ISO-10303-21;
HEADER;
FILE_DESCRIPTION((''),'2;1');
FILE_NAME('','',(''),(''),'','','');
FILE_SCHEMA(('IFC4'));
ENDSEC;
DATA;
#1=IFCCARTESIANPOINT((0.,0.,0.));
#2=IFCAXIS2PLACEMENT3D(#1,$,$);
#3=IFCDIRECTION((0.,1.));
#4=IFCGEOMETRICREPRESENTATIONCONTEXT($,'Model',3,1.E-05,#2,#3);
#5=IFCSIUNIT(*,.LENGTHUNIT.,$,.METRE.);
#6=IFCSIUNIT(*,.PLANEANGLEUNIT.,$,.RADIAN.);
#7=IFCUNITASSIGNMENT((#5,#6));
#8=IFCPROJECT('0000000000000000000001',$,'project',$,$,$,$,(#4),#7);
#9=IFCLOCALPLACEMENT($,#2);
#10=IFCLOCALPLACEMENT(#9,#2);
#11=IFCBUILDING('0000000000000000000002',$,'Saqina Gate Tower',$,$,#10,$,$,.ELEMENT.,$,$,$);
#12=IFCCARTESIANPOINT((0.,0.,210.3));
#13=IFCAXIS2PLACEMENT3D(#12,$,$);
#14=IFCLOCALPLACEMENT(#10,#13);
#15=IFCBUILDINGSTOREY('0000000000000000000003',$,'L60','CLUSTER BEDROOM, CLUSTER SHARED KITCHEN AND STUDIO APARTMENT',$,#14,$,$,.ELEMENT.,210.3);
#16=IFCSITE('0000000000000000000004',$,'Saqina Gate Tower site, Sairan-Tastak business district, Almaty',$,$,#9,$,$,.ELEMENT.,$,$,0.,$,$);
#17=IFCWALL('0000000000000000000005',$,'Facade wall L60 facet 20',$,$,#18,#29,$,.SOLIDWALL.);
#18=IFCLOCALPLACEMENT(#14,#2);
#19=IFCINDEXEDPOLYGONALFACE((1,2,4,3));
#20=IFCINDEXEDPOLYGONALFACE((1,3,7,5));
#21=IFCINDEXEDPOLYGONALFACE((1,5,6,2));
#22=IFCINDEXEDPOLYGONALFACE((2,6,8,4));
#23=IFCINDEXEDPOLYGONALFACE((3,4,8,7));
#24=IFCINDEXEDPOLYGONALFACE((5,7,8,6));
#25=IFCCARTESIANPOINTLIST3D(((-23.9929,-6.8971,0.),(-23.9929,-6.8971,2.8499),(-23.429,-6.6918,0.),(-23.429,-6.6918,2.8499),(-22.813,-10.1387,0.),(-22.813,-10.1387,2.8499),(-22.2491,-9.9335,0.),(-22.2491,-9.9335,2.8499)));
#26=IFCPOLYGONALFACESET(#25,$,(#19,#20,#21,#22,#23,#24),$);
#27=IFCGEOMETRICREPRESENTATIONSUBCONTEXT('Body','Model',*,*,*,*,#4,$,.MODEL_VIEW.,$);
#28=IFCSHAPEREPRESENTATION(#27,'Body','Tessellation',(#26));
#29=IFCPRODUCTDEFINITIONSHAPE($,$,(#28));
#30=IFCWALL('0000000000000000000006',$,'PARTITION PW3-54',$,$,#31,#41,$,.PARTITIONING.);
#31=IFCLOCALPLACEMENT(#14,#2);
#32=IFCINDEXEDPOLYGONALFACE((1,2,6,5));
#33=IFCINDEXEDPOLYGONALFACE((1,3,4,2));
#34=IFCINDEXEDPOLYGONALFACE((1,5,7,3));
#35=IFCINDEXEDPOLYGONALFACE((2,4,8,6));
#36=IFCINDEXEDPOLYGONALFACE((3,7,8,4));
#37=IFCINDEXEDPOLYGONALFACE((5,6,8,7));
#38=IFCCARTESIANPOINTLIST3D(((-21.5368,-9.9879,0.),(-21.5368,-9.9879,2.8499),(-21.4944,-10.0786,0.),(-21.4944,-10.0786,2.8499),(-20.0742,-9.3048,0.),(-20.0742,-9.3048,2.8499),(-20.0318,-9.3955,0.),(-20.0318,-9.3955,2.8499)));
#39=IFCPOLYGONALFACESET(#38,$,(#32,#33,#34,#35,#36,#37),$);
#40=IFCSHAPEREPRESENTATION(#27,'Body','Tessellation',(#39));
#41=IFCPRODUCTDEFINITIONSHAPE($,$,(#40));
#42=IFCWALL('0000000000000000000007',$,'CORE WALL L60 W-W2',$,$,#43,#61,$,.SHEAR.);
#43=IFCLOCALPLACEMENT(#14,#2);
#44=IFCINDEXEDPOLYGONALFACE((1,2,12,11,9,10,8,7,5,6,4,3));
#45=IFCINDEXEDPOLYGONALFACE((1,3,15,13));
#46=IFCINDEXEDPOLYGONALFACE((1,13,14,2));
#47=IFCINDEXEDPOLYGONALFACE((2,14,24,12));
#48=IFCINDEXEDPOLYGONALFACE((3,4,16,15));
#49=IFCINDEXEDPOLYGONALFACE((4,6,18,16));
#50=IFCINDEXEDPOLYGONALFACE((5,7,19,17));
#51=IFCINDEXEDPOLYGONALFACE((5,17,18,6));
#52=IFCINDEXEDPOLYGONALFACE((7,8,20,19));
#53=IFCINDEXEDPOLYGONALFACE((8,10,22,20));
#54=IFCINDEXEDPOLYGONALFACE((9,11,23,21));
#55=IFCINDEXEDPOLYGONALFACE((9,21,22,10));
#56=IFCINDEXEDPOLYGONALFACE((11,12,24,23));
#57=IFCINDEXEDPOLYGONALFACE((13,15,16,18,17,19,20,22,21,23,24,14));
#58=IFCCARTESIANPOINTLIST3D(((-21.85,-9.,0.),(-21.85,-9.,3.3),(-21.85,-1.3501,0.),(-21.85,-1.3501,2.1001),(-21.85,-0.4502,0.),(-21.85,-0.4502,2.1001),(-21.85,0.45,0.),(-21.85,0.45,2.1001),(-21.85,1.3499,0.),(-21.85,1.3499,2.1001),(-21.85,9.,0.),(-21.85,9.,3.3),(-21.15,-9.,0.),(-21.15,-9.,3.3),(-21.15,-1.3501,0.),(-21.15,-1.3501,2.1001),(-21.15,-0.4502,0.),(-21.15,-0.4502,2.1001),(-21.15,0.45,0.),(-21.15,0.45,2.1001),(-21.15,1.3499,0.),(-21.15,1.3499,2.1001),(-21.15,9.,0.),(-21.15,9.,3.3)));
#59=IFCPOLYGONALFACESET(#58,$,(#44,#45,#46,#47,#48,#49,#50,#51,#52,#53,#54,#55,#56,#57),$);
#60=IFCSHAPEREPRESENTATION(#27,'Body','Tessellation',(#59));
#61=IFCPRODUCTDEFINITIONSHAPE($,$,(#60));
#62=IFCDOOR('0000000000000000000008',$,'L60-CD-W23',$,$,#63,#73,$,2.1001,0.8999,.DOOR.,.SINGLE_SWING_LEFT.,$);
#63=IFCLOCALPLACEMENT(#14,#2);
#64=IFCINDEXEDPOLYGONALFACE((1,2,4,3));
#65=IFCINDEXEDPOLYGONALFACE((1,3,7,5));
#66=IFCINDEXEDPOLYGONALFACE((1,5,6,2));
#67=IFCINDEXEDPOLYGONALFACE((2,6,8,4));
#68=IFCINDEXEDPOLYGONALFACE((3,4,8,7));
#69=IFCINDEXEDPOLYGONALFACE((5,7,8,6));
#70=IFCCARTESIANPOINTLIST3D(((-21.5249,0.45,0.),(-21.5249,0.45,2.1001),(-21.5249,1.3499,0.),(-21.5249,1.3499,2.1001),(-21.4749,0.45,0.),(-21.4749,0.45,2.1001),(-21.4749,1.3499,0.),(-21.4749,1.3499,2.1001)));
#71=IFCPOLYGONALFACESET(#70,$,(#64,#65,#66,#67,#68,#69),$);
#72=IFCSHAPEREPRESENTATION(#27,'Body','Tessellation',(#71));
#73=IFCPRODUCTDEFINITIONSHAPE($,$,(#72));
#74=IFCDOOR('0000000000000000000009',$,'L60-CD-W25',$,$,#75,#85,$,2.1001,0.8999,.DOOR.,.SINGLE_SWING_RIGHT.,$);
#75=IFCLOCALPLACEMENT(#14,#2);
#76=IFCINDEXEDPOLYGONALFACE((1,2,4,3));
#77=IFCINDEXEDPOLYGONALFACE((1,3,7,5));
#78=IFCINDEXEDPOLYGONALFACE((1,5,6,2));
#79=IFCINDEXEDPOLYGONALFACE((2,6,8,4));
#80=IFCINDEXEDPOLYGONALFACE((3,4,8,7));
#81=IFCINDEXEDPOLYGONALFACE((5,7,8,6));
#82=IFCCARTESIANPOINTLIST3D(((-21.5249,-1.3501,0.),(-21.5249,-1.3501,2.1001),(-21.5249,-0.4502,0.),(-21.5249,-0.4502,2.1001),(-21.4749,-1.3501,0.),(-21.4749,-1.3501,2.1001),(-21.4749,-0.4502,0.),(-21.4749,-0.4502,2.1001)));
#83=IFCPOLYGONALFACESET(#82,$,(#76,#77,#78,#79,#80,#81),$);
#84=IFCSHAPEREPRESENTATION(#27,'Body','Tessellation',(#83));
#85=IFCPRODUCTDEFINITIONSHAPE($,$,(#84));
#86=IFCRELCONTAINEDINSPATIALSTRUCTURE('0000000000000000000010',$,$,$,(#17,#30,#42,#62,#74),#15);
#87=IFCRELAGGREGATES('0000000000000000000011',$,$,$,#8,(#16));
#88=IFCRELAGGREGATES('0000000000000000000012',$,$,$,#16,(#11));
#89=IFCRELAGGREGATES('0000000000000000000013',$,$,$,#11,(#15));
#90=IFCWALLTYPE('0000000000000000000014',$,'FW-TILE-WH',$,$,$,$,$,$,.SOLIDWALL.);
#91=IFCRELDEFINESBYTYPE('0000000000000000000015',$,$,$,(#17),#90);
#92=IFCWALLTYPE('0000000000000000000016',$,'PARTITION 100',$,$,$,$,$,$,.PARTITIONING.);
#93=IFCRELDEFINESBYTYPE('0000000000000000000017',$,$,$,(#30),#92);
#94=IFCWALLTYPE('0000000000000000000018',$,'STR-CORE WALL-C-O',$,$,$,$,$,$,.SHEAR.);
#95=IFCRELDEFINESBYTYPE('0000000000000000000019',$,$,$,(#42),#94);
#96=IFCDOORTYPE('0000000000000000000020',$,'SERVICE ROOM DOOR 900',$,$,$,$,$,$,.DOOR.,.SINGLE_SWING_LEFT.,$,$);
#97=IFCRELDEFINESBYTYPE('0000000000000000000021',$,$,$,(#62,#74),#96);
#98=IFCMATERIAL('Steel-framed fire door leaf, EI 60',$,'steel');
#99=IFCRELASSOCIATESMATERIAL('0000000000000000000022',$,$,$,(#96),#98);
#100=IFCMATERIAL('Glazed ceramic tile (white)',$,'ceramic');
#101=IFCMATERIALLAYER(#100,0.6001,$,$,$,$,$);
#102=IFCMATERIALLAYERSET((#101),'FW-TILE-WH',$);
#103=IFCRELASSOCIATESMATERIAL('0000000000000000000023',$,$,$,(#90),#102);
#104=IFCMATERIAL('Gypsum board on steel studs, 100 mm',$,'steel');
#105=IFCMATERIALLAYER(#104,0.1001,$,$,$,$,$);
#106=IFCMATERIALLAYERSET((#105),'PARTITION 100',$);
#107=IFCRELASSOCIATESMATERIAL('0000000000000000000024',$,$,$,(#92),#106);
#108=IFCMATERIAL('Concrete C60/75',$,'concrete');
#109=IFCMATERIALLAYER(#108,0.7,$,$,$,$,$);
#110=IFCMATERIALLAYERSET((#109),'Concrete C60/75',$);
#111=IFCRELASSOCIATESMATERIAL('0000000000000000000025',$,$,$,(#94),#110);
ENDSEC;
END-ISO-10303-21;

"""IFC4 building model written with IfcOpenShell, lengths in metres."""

from ifc_helpers import new_model, si_unit, direction, frame, frame_2d, origin, place, context, subcontext, project, spatial, rectangle, extrude, material, layer, layer_set, type_object, element, fill, save


model = new_model("IFC4")

# Units and contexts
model_context = context("Model", 3, precision=1e-05, world=origin(), true_north=direction((0.0, 1.0)))
body_context = subcontext(model_context, "Body", "Model", "MODEL_VIEW")
ifc_project = project(units=[si_unit("LENGTHUNIT", "METRE"), si_unit("PLANEANGLEUNIT", "RADIAN")], contexts=[model_context])

# Site, building, storey
site_placement = place(None, origin())
site = spatial("IfcSite", under=ifc_project, at=site_placement, Name="Saqina Gate Tower site, Sairan-Tastak business district, Almaty", CompositionType="ELEMENT", RefElevation=0.0)
building_placement = place(site_placement, origin())
building = spatial("IfcBuilding", under=site, at=building_placement, Name="Saqina Gate Tower", CompositionType="ELEMENT")
storey_placement = place(building_placement, frame((0.0, 0.0, 210.3)))
storey = spatial("IfcBuildingStorey", under=building, at=storey_placement, Name="L60", Description="CLUSTER BEDROOM, CLUSTER SHARED KITCHEN AND STUDIO APARTMENT", CompositionType="ELEMENT", Elevation=210.3)

# Shared definitions
ifc_material_1 = material(Name="Steel-framed fire door leaf, EI 60", Category="steel")
door_type_1 = type_object("IfcDoorType", Name="SERVICE ROOM DOOR 900", OperationType="SINGLE_SWING_LEFT", PredefinedType="DOOR", material=ifc_material_1)

# Walls
ifc_material_2 = material(Name="Glazed ceramic tile (white)", Category="ceramic")
ifc_layer_1 = layer(ifc_material_2, 0.6001)
ifc_layer_set_1 = layer_set([ifc_layer_1], Name="FW-TILE-WH")
wall_type_1 = type_object("IfcWallType", Name="FW-TILE-WH", PredefinedType="SOLIDWALL", material=ifc_layer_set_1)
wall_1_placement = place(storey_placement, frame((-23.7109, -6.7944, 0.0), z_axis=(0.0, 0.0, 1.0), x_axis=(0.342033, -0.939688, 0.0)))
element("IfcWall", 1, at=wall_1_placement, inside=storey, type_object=wall_type_1, Name="Facade wall L60 facet 20", PredefinedType="SOLIDWALL", context=body_context, shape_type="SweptSolid", body=[
    extrude(rectangle(XDim=3.4497, YDim=0.6001, at=frame_2d((1.7249, 0.0))), origin(), (0.0, 0.0, 1.0), 2.8499),
])
ifc_material_3 = material(Name="Gypsum board on steel studs, 100 mm", Category="steel")
ifc_layer_2 = layer(ifc_material_3, 0.1001)
ifc_layer_set_2 = layer_set([ifc_layer_2], Name="PARTITION 100")
wall_type_2 = type_object("IfcWallType", Name="PARTITION 100", PredefinedType="PARTITIONING", material=ifc_layer_set_2)
wall_2_placement = place(storey_placement, frame((-21.5156, -10.0332, 0.0), z_axis=(0.0, 0.0, 1.0), x_axis=(0.906056, 0.423159, 0.0)))
element("IfcWall", 2, at=wall_2_placement, inside=storey, type_object=wall_type_2, Name="PARTITION PW3-54", PredefinedType="PARTITIONING", context=body_context, shape_type="SweptSolid", body=[
    extrude(rectangle(XDim=1.6143, YDim=0.1001, at=frame_2d((0.8071, 0.0))), origin(), (0.0, 0.0, 1.0), 2.8499),
])

# Wall, openings, doors
ifc_material_4 = material(Name="Concrete C60/75", Category="concrete")
ifc_layer_3 = layer(ifc_material_4, 0.7)
ifc_layer_set_3 = layer_set([ifc_layer_3], Name="Concrete C60/75")
wall_type_3 = type_object("IfcWallType", Name="STR-CORE WALL-C-O", PredefinedType="SHEAR", material=ifc_layer_set_3)
wall_3_placement = place(storey_placement, frame((-21.5, -9.0, 0.0), z_axis=(0.0, 0.0, 1.0), x_axis=(0.0, 1.0, 0.0)))
wall_3 = element("IfcWall", 3, at=wall_3_placement, inside=storey, type_object=wall_type_3, Name="CORE WALL L60 W-W2", PredefinedType="SHEAR", context=body_context, shape_type="SweptSolid", body=[
    extrude(rectangle(XDim=18.0, YDim=0.7, at=frame_2d((9.0, 0.0))), origin(), (0.0, 0.0, 1.0), 3.3),
])
opening_1_placement = place(wall_3_placement, frame((9.45, 0.0, 0.0)))
opening_1 = element("IfcOpeningElement", 4, at=opening_1_placement, cuts=wall_3, PredefinedType="OPENING", context=body_context, shape_type="SweptSolid", body=[
    extrude(rectangle(XDim=0.8999, YDim=2.1001, at=frame_2d((0.45, 1.05))), frame((0.0, 0.3621, 0.0), z_axis=(0.0, -1.0, 0.0), x_axis=(1.0, 0.0, 0.0)), (0.0, 0.0, 1.0), 0.7239),
])
opening_2_placement = place(wall_3_placement, frame((7.6499, 0.0, 0.0)))
opening_2 = element("IfcOpeningElement", 5, at=opening_2_placement, cuts=wall_3, PredefinedType="OPENING", context=body_context, shape_type="SweptSolid", body=[
    extrude(rectangle(XDim=0.8999, YDim=2.1001, at=frame_2d((0.45, 1.05))), frame((0.0, 0.3621, 0.0), z_axis=(0.0, -1.0, 0.0), x_axis=(1.0, 0.0, 0.0)), (0.0, 0.0, 1.0), 0.7239),
])
door_1_placement = place(opening_1_placement, origin())
door_1 = element("IfcDoor", 6, at=door_1_placement, inside=storey, type_object=door_type_1, Name="L60-CD-W23", OperationType="SINGLE_SWING_LEFT", OverallHeight=2.1001, OverallWidth=0.8999, PredefinedType="DOOR", context=body_context, shape_type="SweptSolid", body=[
    extrude(rectangle(XDim=0.8999, YDim=2.1001, at=frame_2d((0.45, 1.05))), frame((0.0, 0.0249, 0.0), z_axis=(0.0, -1.0, 0.0), x_axis=(1.0, 0.0, 0.0)), (0.0, 0.0, 1.0), 0.05),
])
fill(opening_1, door_1)
door_2_placement = place(opening_2_placement, origin())
door_2 = element("IfcDoor", 7, at=door_2_placement, inside=storey, type_object=door_type_1, Name="L60-CD-W25", OperationType="SINGLE_SWING_RIGHT", OverallHeight=2.1001, OverallWidth=0.8999, PredefinedType="DOOR", context=body_context, shape_type="SweptSolid", body=[
    extrude(rectangle(XDim=0.8999, YDim=2.1001, at=frame_2d((0.45, 1.05))), frame((0.0, 0.0249, 0.0), z_axis=(0.0, -1.0, 0.0), x_axis=(1.0, 0.0, 0.0)), (0.0, 0.0, 1.0), 0.05),
])
fill(opening_2, door_2)

save(model, "model.ifc")
